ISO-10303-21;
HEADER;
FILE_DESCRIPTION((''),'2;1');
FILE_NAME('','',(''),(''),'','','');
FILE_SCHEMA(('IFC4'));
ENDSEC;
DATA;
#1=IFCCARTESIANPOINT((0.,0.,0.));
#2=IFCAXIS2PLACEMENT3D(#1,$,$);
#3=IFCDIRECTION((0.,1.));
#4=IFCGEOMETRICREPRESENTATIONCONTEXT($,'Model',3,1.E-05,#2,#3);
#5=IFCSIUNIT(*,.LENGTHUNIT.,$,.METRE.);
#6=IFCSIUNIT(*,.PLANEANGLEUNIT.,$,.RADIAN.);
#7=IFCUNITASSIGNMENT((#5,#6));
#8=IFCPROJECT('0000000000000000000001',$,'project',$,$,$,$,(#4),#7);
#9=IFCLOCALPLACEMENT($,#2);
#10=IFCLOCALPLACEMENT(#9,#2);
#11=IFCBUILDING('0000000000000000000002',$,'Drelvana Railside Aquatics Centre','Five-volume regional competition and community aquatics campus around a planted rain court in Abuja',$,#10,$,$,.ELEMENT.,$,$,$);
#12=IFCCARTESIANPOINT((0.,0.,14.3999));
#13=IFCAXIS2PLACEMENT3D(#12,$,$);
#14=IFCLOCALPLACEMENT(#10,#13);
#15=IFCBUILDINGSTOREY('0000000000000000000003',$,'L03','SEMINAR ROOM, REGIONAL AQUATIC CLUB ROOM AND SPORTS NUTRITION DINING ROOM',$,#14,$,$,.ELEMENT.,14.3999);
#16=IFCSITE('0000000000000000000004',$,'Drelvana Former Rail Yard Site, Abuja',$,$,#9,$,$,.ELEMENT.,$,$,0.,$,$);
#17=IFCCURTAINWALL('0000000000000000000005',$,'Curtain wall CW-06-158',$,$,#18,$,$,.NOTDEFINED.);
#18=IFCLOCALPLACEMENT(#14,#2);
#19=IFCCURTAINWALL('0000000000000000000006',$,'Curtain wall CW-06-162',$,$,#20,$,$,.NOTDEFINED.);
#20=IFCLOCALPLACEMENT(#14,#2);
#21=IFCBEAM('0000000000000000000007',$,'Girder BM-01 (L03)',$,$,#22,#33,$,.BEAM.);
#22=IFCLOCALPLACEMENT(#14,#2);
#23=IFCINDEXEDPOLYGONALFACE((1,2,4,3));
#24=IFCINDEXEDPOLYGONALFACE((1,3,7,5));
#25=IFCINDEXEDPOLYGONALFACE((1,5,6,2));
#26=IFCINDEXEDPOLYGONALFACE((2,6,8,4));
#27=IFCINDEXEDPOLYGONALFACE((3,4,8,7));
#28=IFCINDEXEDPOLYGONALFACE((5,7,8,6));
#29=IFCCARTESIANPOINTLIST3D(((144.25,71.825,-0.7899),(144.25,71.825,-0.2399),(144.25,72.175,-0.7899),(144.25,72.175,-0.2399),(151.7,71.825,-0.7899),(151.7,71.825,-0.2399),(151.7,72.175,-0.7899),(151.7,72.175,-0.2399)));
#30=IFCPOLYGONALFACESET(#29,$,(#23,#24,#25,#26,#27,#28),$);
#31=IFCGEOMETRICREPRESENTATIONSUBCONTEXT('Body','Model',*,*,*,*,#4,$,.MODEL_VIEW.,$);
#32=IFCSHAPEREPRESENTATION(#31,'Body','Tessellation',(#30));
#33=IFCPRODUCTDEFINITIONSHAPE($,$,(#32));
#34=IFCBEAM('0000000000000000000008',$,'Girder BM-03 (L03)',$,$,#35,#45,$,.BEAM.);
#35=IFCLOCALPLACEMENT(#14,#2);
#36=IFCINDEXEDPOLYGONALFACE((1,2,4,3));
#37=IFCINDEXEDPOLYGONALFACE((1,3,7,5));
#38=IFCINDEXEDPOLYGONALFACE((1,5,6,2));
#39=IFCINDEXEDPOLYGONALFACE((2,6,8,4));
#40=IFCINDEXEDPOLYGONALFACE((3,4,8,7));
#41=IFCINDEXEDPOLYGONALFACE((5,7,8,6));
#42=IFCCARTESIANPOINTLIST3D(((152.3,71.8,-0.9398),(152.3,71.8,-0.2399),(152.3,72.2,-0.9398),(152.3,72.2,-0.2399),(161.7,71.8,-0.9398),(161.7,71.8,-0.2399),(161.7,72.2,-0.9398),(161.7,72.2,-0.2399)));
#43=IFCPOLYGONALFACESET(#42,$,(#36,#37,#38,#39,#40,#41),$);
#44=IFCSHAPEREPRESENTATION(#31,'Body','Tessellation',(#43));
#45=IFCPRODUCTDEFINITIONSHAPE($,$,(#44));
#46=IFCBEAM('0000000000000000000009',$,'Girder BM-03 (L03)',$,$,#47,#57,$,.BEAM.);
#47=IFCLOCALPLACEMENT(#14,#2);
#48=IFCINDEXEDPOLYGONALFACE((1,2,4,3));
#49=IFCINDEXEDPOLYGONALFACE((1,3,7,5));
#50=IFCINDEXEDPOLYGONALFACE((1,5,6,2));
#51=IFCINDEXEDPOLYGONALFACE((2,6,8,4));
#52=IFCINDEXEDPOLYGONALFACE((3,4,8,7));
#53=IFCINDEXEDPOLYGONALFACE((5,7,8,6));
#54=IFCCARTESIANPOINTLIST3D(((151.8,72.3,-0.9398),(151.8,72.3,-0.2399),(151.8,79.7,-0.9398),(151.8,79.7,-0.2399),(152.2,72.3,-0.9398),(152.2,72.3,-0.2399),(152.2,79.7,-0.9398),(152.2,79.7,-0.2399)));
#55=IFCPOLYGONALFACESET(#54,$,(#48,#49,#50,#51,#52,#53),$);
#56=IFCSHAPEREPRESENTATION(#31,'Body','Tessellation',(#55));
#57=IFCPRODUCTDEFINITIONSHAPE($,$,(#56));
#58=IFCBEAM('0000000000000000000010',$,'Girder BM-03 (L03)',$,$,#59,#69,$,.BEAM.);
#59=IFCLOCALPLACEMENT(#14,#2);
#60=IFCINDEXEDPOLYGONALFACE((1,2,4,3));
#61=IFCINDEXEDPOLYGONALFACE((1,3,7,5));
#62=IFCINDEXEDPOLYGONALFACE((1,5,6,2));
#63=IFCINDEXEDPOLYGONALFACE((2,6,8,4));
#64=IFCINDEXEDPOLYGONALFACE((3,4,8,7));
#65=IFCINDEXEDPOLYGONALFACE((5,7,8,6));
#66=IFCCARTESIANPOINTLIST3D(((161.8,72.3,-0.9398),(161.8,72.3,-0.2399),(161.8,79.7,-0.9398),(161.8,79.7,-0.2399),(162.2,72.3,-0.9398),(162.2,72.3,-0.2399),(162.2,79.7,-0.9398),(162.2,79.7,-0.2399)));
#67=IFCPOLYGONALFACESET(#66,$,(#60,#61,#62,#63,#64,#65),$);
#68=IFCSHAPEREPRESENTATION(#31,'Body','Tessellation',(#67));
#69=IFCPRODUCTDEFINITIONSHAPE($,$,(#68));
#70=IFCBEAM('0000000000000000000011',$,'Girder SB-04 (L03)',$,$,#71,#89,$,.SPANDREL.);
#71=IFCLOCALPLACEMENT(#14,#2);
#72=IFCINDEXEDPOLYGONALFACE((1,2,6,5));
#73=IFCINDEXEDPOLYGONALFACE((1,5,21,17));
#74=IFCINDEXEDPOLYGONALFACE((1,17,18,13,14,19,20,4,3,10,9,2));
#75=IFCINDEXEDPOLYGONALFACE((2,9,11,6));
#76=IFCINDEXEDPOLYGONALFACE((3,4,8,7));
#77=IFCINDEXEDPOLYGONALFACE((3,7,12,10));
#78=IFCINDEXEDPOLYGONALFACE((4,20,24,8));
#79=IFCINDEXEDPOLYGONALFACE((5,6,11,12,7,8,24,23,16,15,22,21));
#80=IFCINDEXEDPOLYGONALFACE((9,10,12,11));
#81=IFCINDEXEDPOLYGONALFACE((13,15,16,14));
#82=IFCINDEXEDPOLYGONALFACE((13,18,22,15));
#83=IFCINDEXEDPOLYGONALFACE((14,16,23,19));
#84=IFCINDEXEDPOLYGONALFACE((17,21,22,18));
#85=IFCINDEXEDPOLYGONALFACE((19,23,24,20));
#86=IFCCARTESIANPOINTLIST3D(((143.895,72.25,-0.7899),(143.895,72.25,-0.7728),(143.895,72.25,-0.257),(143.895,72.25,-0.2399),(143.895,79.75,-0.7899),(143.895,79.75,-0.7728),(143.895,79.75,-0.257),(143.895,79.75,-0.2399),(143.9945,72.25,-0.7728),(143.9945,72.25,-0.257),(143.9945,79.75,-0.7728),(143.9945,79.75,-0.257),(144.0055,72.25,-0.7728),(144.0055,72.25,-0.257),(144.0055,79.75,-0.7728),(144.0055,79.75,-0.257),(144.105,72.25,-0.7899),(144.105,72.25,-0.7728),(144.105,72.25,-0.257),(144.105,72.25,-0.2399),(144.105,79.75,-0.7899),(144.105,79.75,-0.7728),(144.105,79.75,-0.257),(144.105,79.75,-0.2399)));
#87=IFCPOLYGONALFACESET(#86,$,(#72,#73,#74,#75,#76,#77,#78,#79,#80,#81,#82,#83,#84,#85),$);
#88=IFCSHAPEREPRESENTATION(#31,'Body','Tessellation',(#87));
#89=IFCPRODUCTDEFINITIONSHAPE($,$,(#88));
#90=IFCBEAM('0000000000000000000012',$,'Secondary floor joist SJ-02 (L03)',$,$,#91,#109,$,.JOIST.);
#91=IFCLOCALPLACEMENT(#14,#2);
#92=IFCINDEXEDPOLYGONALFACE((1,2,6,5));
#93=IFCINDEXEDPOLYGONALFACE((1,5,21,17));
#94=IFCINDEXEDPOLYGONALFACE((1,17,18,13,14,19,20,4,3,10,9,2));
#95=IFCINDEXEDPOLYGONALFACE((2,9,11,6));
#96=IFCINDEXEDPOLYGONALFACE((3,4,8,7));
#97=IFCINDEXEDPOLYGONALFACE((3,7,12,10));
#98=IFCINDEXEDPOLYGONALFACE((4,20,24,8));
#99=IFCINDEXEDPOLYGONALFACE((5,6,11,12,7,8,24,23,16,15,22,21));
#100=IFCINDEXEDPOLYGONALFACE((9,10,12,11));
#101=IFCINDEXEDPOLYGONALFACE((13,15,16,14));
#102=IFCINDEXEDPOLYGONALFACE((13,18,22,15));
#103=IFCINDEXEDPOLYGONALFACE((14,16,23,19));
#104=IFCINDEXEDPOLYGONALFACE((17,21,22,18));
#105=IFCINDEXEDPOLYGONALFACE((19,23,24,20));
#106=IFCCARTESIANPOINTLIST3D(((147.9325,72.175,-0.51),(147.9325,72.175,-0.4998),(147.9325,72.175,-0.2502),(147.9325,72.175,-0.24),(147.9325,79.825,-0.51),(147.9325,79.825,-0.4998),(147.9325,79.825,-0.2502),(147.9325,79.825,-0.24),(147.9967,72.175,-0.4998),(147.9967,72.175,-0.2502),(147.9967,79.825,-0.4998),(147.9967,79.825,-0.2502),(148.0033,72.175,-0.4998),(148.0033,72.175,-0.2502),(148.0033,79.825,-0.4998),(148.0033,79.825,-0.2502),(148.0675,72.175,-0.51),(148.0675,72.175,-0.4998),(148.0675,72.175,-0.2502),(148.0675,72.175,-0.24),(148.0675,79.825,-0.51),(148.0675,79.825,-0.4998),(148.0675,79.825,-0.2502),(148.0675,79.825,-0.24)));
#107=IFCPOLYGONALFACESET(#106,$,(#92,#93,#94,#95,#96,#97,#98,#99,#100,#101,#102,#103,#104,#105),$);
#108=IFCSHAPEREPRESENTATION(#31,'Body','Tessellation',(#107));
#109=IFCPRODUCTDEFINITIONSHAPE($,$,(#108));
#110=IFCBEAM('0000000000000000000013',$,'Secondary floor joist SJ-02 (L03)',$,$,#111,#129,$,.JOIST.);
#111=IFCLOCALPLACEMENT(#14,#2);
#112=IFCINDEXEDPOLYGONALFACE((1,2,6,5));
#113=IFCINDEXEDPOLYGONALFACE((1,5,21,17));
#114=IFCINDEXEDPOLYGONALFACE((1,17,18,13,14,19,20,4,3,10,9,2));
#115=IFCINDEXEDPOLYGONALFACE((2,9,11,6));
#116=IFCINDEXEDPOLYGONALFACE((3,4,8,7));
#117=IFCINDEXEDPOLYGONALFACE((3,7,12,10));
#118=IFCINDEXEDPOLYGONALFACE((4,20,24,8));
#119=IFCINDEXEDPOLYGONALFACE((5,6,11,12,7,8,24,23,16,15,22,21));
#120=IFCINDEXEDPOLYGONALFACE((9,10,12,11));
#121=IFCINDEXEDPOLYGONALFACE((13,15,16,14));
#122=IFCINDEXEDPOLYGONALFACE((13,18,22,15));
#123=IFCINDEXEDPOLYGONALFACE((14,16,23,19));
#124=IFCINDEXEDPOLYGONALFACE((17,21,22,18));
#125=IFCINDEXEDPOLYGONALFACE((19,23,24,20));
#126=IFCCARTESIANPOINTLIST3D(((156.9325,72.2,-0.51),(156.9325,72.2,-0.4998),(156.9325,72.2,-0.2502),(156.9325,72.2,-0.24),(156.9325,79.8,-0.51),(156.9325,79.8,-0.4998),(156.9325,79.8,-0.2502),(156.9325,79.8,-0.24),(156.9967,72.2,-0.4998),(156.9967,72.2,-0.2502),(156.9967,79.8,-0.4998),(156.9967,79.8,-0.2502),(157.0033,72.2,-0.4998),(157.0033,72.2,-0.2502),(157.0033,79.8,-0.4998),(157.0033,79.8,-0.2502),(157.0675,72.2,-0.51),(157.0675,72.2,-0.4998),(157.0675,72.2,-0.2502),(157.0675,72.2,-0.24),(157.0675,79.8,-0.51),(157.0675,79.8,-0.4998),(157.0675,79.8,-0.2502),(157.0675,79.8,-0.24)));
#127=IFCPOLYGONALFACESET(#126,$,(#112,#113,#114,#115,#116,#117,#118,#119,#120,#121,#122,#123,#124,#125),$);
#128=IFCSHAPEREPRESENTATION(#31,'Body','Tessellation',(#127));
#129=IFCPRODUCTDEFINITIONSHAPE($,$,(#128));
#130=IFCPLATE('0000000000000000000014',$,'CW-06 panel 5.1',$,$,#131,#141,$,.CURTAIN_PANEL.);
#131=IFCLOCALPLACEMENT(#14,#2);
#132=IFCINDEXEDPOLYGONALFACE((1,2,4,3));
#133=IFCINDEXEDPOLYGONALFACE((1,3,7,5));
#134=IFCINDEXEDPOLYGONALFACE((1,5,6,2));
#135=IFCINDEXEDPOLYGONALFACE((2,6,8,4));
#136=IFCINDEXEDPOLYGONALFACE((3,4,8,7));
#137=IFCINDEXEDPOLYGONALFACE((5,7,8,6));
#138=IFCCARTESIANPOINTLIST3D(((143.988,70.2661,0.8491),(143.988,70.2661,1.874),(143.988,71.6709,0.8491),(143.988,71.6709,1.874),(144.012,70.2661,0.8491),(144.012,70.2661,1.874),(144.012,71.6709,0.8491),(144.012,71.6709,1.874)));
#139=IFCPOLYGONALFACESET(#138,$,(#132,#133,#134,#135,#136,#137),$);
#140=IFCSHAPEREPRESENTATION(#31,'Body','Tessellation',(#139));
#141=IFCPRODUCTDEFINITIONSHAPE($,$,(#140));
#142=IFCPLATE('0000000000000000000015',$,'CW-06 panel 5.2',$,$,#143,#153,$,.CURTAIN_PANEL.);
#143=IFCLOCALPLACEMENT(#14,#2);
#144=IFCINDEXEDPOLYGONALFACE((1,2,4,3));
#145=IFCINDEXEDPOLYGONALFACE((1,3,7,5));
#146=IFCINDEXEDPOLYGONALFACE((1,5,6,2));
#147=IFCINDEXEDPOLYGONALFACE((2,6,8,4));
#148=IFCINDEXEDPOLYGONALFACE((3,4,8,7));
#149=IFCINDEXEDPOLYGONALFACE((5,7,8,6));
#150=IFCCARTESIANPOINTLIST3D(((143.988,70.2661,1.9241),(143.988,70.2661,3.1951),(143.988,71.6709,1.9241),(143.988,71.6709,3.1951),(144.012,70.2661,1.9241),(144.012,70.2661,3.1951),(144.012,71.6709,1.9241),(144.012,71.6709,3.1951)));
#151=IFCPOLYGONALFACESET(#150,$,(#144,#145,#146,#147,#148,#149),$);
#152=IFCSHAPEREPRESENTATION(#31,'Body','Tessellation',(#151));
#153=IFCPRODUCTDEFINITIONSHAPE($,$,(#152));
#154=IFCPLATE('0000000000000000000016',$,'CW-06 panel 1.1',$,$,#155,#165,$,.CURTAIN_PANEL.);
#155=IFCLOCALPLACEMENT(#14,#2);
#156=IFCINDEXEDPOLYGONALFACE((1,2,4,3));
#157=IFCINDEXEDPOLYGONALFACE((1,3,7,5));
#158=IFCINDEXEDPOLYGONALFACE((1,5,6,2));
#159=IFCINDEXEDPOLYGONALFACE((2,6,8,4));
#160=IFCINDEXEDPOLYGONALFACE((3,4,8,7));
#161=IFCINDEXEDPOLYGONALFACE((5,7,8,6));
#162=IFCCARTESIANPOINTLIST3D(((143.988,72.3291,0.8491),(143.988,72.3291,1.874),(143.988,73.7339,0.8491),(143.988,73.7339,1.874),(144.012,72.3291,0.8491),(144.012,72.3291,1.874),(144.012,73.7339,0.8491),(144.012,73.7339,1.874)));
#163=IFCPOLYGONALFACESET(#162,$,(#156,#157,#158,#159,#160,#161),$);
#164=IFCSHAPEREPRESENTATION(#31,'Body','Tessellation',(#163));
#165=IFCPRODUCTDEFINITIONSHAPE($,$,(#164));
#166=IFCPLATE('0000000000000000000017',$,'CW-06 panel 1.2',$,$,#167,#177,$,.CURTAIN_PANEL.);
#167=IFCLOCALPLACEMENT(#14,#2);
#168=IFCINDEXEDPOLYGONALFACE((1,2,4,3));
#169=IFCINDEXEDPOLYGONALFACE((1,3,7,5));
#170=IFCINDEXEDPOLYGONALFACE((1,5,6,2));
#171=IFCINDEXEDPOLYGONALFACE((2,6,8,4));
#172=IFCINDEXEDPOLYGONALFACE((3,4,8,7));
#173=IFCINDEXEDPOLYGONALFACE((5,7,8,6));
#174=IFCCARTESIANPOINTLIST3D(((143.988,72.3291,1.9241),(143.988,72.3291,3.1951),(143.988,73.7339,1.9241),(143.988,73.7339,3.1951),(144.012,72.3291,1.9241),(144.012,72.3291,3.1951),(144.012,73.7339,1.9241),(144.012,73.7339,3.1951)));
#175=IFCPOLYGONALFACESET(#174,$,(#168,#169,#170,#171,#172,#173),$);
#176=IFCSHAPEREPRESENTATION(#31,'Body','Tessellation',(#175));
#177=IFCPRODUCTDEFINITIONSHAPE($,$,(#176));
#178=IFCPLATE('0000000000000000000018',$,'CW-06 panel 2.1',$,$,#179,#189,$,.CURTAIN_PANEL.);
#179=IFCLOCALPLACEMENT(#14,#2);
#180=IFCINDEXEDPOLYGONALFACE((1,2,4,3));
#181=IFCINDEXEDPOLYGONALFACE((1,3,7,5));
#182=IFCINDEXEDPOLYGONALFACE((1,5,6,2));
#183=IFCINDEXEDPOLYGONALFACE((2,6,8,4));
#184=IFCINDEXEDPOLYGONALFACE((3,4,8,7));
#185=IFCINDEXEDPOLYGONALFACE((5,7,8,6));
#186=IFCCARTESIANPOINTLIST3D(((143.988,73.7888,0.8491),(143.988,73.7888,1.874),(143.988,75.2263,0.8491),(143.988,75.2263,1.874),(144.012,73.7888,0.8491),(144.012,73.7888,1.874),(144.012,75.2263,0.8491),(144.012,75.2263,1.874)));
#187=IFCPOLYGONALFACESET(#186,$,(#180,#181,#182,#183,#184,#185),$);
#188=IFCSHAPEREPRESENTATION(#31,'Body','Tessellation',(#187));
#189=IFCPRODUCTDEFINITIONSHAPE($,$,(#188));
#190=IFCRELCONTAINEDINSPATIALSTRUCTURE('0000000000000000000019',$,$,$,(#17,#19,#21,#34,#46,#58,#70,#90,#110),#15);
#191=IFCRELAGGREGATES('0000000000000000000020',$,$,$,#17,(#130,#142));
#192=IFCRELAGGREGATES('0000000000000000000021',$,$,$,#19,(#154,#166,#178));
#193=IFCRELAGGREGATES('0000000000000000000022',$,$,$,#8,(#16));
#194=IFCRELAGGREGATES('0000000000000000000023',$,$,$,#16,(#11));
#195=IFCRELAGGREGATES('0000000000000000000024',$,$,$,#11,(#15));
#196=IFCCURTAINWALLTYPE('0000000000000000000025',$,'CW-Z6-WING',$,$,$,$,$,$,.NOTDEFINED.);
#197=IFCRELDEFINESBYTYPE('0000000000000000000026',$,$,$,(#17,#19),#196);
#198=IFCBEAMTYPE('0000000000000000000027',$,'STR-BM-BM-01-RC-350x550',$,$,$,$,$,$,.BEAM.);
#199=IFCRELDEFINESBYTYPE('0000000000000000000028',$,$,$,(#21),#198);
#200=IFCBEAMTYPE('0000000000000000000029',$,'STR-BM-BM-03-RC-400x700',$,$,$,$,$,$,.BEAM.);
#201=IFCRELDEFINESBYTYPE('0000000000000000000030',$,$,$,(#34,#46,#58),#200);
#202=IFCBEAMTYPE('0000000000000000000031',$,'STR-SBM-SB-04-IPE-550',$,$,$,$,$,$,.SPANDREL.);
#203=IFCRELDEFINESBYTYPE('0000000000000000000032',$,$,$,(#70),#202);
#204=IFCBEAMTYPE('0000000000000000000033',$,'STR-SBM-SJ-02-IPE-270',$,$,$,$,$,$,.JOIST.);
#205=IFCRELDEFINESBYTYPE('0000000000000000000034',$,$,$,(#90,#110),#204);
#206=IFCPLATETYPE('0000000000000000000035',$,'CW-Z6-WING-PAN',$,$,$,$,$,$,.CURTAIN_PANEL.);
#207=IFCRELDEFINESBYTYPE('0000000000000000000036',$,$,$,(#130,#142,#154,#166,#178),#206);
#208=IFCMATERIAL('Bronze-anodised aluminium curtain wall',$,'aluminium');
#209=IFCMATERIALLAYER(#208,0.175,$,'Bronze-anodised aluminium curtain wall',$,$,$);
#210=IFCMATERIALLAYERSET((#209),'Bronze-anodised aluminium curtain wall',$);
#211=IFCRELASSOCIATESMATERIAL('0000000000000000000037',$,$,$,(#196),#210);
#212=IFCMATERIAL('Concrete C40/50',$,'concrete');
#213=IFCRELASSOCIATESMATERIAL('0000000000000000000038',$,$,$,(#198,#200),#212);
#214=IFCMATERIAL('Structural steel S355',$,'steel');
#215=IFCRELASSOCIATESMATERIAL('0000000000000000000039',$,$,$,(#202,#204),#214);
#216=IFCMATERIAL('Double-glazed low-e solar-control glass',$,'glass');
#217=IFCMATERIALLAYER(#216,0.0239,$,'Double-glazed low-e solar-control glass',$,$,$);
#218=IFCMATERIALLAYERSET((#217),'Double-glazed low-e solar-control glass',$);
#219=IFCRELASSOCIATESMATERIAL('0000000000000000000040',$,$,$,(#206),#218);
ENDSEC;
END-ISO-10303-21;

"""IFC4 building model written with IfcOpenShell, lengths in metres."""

from ifc_helpers import new_model, si_unit, direction, frame, origin, origin_2d, place, context, subcontext, project, spatial, rectangle, i_section, extrude, material, layer, layer_set, material_profile, profile_set, type_object, element, aggregate, save


model = new_model("IFC4")

# Units and contexts
model_context = context("Model", 3, precision=1e-05, world=origin(), true_north=direction((0.0, 1.0)))
body_context = subcontext(model_context, "Body", "Model", "MODEL_VIEW")
ifc_project = project(units=[si_unit("LENGTHUNIT", "METRE"), si_unit("PLANEANGLEUNIT", "RADIAN")], contexts=[model_context])

# Site, building, storey
site_placement = place(None, origin())
site = spatial("IfcSite", under=ifc_project, at=site_placement, Name="Drelvana Former Rail Yard Site, Abuja", CompositionType="ELEMENT", RefElevation=0.0)
building_placement = place(site_placement, origin())
building = spatial("IfcBuilding", under=site, at=building_placement, Name="Drelvana Railside Aquatics Centre", Description="Five-volume regional competition and community aquatics campus around a planted rain court in Abuja", CompositionType="ELEMENT")
storey_placement = place(building_placement, frame((0.0, 0.0, 14.3999)))
storey = spatial("IfcBuildingStorey", under=building, at=storey_placement, Name="L03", Description="SEMINAR ROOM, REGIONAL AQUATIC CLUB ROOM AND SPORTS NUTRITION DINING ROOM", CompositionType="ELEMENT", Elevation=14.3999)

# Shared definitions
ifc_material_1 = material(Name="Concrete C40/50", Category="concrete")

# Curtain wall
ifc_material_2 = material(Name="Bronze-anodised aluminium curtain wall", Category="aluminium")
ifc_layer_1 = layer(ifc_material_2, 0.175, Name="Bronze-anodised aluminium curtain wall")
ifc_layer_set_1 = layer_set([ifc_layer_1], Name="Bronze-anodised aluminium curtain wall")
curtain_wall_type = type_object("IfcCurtainWallType", Name="CW-Z6-WING", PredefinedType="NOTDEFINED", material=ifc_layer_set_1)
curtain_wall_1_placement = place(storey_placement, origin())
curtain_wall_1 = element("IfcCurtainWall", 1, at=curtain_wall_1_placement, inside=storey, type_object=curtain_wall_type, Name="Curtain wall CW-06-158", PredefinedType="NOTDEFINED")

# Curtain wall
curtain_wall_2_placement = place(storey_placement, origin())
curtain_wall_2 = element("IfcCurtainWall", 2, at=curtain_wall_2_placement, inside=storey, type_object=curtain_wall_type, Name="Curtain wall CW-06-162", PredefinedType="NOTDEFINED")

# Beams
ifc_material_profile_1 = material_profile(ifc_material_1, rectangle(XDim=0.3501, YDim=0.55, at=origin_2d()), Name="RC 350x550")
ifc_profile_set_1 = profile_set([ifc_material_profile_1], Name="Concrete C40/50")
beam_type_1 = type_object("IfcBeamType", Name="STR-BM-BM-01-RC-350x550", PredefinedType="BEAM", material=ifc_profile_set_1)
beam_1_placement = place(storey_placement, frame((144.25, 72.0, -0.5149), z_axis=(1.0, 0.0, 0.0), x_axis=(0.0, 1.0, 0.0)))
element("IfcBeam", 3, at=beam_1_placement, inside=storey, type_object=beam_type_1, Name="Girder BM-01 (L03)", PredefinedType="BEAM", context=body_context, shape_type="SweptSolid", body=[
    extrude(rectangle(XDim=0.3501, YDim=0.55, at=origin_2d()), origin(), (0.0, 0.0, 1.0), 7.45),
])
ifc_material_profile_2 = material_profile(ifc_material_1, rectangle(XDim=0.3999, YDim=0.7, at=origin_2d()), Name="RC 400x700")
ifc_profile_set_2 = profile_set([ifc_material_profile_2], Name="Concrete C40/50")
beam_type_2 = type_object("IfcBeamType", Name="STR-BM-BM-03-RC-400x700", PredefinedType="BEAM", material=ifc_profile_set_2)
beam_2_placement = place(storey_placement, frame((152.3, 72.0, -0.5898), z_axis=(1.0, 0.0, 0.0), x_axis=(0.0, 1.0, 0.0)))
element("IfcBeam", 4, at=beam_2_placement, inside=storey, type_object=beam_type_2, Name="Girder BM-03 (L03)", PredefinedType="BEAM", context=body_context, shape_type="SweptSolid", body=[
    extrude(rectangle(XDim=0.3999, YDim=0.7, at=origin_2d()), origin(), (0.0, 0.0, 1.0), 9.3999),
])
for number, where, z_axis, x_axis, name in (
    (5, (152.0, 72.3, -0.5898), (0.0, 1.0, 0.0), (-1.0, 0.0, 0.0), "Girder BM-03 (L03)"),
    (6, (162.0, 72.3, -0.5898), (0.0, 1.0, 0.0), (-1.0, 0.0, 0.0), "Girder BM-03 (L03)"),
):
    element("IfcBeam", number, at=place(storey_placement, frame(where, z_axis=z_axis, x_axis=x_axis)), inside=storey, type_object=beam_type_2, Name=name, PredefinedType="BEAM", context=body_context, shape_type="SweptSolid", body=[
        extrude(rectangle(XDim=0.3999, YDim=0.7, at=origin_2d()), origin(), (0.0, 0.0, 1.0), 7.3999),
    ])
ifc_material_3 = material(Name="Structural steel S355", Category="steel")
ifc_material_profile_3 = material_profile(ifc_material_3, i_section(OverallWidth=0.21, OverallDepth=0.55, WebThickness=0.011, FlangeThickness=0.0171, at=origin_2d()), Name="IPE 550")
ifc_profile_set_3 = profile_set([ifc_material_profile_3], Name="Structural steel S355")
beam_type_3 = type_object("IfcBeamType", Name="STR-SBM-SB-04-IPE-550", PredefinedType="SPANDREL", material=ifc_profile_set_3)
beam_3_placement = place(storey_placement, frame((144.0, 72.25, -0.5149), z_axis=(0.0, 1.0, 0.0), x_axis=(-1.0, 0.0, 0.0)))
element("IfcBeam", 7, at=beam_3_placement, inside=storey, type_object=beam_type_3, Name="Girder SB-04 (L03)", PredefinedType="SPANDREL", context=body_context, shape_type="SweptSolid", body=[
    extrude(i_section(OverallWidth=0.21, OverallDepth=0.55, WebThickness=0.011, FlangeThickness=0.0171, at=origin_2d()), origin(), (0.0, 0.0, 1.0), 7.5),
])
ifc_material_profile_4 = material_profile(ifc_material_3, i_section(OverallWidth=0.135, OverallDepth=0.27, WebThickness=0.0066, FlangeThickness=0.0103, at=origin_2d()), Name="IPE 270")
ifc_profile_set_4 = profile_set([ifc_material_profile_4], Name="Structural steel S355")
beam_type_4 = type_object("IfcBeamType", Name="STR-SBM-SJ-02-IPE-270", PredefinedType="JOIST", material=ifc_profile_set_4)
beam_4_placement = place(storey_placement, frame((148.0, 72.175, -0.375), z_axis=(0.0, 1.0, 0.0), x_axis=(-1.0, 0.0, 0.0)))
element("IfcBeam", 8, at=beam_4_placement, inside=storey, type_object=beam_type_4, Name="Secondary floor joist SJ-02 (L03)", PredefinedType="JOIST", context=body_context, shape_type="SweptSolid", body=[
    extrude(i_section(OverallWidth=0.135, OverallDepth=0.27, WebThickness=0.0066, FlangeThickness=0.0103, at=origin_2d()), origin(), (0.0, 0.0, 1.0), 7.6499),
])
beam_5_placement = place(storey_placement, frame((157.0, 72.2, -0.375), z_axis=(0.0, 1.0, 0.0), x_axis=(-1.0, 0.0, 0.0)))
element("IfcBeam", 9, at=beam_5_placement, inside=storey, type_object=beam_type_4, Name="Secondary floor joist SJ-02 (L03)", PredefinedType="JOIST", context=body_context, shape_type="SweptSolid", body=[
    extrude(i_section(OverallWidth=0.135, OverallDepth=0.27, WebThickness=0.0066, FlangeThickness=0.0103, at=origin_2d()), origin(), (0.0, 0.0, 1.0), 7.6001),
])

# Plates
ifc_material_4 = material(Name="Double-glazed low-e solar-control glass", Category="glass")
ifc_layer_2 = layer(ifc_material_4, 0.0239, Name="Double-glazed low-e solar-control glass")
ifc_layer_set_2 = layer_set([ifc_layer_2], Name="Double-glazed low-e solar-control glass")
plate_type = type_object("IfcPlateType", Name="CW-Z6-WING-PAN", PredefinedType="CURTAIN_PANEL", material=ifc_layer_set_2)
plate_1_placement = place(storey_placement, frame((144.0, 70.9685, 0.8491), z_axis=(0.0, 0.0, 1.0), x_axis=(0.0, 1.0, 0.0)))
plate_1 = element("IfcPlate", 10, at=plate_1_placement, type_object=plate_type, Name="CW-06 panel 5.1", PredefinedType="CURTAIN_PANEL", context=body_context, shape_type="SweptSolid", body=[
    extrude(rectangle(XDim=1.4048, YDim=0.0239, at=origin_2d()), origin(), (0.0, 0.0, 1.0), 1.0249),
])
plate_2_placement = place(storey_placement, frame((144.0, 70.9685, 1.9241), z_axis=(0.0, 0.0, 1.0), x_axis=(0.0, 1.0, 0.0)))
plate_2 = element("IfcPlate", 11, at=plate_2_placement, type_object=plate_type, Name="CW-06 panel 5.2", PredefinedType="CURTAIN_PANEL", context=body_context, shape_type="SweptSolid", body=[
    extrude(rectangle(XDim=1.4048, YDim=0.0239, at=origin_2d()), origin(), (0.0, 0.0, 1.0), 1.271),
])
aggregate(curtain_wall_1, [plate_1, plate_2])
plate_3_placement = place(storey_placement, frame((144.0, 73.0315, 0.8491), z_axis=(0.0, 0.0, 1.0), x_axis=(0.0, 1.0, 0.0)))
plate_3 = element("IfcPlate", 12, at=plate_3_placement, type_object=plate_type, Name="CW-06 panel 1.1", PredefinedType="CURTAIN_PANEL", context=body_context, shape_type="SweptSolid", body=[
    extrude(rectangle(XDim=1.4048, YDim=0.0239, at=origin_2d()), origin(), (0.0, 0.0, 1.0), 1.0249),
])
plate_4_placement = place(storey_placement, frame((144.0, 73.0315, 1.9241), z_axis=(0.0, 0.0, 1.0), x_axis=(0.0, 1.0, 0.0)))
plate_4 = element("IfcPlate", 13, at=plate_4_placement, type_object=plate_type, Name="CW-06 panel 1.2", PredefinedType="CURTAIN_PANEL", context=body_context, shape_type="SweptSolid", body=[
    extrude(rectangle(XDim=1.4048, YDim=0.0239, at=origin_2d()), origin(), (0.0, 0.0, 1.0), 1.271),
])
plate_5_placement = place(storey_placement, frame((144.0, 74.5076, 0.8491), z_axis=(0.0, 0.0, 1.0), x_axis=(0.0, 1.0, 0.0)))
plate_5 = element("IfcPlate", 14, at=plate_5_placement, type_object=plate_type, Name="CW-06 panel 2.1", PredefinedType="CURTAIN_PANEL", context=body_context, shape_type="SweptSolid", body=[
    extrude(rectangle(XDim=1.4375, YDim=0.0239, at=origin_2d()), origin(), (0.0, 0.0, 1.0), 1.0249),
])
aggregate(curtain_wall_2, [plate_3, plate_4, plate_5])

save(model, "model.ifc")
